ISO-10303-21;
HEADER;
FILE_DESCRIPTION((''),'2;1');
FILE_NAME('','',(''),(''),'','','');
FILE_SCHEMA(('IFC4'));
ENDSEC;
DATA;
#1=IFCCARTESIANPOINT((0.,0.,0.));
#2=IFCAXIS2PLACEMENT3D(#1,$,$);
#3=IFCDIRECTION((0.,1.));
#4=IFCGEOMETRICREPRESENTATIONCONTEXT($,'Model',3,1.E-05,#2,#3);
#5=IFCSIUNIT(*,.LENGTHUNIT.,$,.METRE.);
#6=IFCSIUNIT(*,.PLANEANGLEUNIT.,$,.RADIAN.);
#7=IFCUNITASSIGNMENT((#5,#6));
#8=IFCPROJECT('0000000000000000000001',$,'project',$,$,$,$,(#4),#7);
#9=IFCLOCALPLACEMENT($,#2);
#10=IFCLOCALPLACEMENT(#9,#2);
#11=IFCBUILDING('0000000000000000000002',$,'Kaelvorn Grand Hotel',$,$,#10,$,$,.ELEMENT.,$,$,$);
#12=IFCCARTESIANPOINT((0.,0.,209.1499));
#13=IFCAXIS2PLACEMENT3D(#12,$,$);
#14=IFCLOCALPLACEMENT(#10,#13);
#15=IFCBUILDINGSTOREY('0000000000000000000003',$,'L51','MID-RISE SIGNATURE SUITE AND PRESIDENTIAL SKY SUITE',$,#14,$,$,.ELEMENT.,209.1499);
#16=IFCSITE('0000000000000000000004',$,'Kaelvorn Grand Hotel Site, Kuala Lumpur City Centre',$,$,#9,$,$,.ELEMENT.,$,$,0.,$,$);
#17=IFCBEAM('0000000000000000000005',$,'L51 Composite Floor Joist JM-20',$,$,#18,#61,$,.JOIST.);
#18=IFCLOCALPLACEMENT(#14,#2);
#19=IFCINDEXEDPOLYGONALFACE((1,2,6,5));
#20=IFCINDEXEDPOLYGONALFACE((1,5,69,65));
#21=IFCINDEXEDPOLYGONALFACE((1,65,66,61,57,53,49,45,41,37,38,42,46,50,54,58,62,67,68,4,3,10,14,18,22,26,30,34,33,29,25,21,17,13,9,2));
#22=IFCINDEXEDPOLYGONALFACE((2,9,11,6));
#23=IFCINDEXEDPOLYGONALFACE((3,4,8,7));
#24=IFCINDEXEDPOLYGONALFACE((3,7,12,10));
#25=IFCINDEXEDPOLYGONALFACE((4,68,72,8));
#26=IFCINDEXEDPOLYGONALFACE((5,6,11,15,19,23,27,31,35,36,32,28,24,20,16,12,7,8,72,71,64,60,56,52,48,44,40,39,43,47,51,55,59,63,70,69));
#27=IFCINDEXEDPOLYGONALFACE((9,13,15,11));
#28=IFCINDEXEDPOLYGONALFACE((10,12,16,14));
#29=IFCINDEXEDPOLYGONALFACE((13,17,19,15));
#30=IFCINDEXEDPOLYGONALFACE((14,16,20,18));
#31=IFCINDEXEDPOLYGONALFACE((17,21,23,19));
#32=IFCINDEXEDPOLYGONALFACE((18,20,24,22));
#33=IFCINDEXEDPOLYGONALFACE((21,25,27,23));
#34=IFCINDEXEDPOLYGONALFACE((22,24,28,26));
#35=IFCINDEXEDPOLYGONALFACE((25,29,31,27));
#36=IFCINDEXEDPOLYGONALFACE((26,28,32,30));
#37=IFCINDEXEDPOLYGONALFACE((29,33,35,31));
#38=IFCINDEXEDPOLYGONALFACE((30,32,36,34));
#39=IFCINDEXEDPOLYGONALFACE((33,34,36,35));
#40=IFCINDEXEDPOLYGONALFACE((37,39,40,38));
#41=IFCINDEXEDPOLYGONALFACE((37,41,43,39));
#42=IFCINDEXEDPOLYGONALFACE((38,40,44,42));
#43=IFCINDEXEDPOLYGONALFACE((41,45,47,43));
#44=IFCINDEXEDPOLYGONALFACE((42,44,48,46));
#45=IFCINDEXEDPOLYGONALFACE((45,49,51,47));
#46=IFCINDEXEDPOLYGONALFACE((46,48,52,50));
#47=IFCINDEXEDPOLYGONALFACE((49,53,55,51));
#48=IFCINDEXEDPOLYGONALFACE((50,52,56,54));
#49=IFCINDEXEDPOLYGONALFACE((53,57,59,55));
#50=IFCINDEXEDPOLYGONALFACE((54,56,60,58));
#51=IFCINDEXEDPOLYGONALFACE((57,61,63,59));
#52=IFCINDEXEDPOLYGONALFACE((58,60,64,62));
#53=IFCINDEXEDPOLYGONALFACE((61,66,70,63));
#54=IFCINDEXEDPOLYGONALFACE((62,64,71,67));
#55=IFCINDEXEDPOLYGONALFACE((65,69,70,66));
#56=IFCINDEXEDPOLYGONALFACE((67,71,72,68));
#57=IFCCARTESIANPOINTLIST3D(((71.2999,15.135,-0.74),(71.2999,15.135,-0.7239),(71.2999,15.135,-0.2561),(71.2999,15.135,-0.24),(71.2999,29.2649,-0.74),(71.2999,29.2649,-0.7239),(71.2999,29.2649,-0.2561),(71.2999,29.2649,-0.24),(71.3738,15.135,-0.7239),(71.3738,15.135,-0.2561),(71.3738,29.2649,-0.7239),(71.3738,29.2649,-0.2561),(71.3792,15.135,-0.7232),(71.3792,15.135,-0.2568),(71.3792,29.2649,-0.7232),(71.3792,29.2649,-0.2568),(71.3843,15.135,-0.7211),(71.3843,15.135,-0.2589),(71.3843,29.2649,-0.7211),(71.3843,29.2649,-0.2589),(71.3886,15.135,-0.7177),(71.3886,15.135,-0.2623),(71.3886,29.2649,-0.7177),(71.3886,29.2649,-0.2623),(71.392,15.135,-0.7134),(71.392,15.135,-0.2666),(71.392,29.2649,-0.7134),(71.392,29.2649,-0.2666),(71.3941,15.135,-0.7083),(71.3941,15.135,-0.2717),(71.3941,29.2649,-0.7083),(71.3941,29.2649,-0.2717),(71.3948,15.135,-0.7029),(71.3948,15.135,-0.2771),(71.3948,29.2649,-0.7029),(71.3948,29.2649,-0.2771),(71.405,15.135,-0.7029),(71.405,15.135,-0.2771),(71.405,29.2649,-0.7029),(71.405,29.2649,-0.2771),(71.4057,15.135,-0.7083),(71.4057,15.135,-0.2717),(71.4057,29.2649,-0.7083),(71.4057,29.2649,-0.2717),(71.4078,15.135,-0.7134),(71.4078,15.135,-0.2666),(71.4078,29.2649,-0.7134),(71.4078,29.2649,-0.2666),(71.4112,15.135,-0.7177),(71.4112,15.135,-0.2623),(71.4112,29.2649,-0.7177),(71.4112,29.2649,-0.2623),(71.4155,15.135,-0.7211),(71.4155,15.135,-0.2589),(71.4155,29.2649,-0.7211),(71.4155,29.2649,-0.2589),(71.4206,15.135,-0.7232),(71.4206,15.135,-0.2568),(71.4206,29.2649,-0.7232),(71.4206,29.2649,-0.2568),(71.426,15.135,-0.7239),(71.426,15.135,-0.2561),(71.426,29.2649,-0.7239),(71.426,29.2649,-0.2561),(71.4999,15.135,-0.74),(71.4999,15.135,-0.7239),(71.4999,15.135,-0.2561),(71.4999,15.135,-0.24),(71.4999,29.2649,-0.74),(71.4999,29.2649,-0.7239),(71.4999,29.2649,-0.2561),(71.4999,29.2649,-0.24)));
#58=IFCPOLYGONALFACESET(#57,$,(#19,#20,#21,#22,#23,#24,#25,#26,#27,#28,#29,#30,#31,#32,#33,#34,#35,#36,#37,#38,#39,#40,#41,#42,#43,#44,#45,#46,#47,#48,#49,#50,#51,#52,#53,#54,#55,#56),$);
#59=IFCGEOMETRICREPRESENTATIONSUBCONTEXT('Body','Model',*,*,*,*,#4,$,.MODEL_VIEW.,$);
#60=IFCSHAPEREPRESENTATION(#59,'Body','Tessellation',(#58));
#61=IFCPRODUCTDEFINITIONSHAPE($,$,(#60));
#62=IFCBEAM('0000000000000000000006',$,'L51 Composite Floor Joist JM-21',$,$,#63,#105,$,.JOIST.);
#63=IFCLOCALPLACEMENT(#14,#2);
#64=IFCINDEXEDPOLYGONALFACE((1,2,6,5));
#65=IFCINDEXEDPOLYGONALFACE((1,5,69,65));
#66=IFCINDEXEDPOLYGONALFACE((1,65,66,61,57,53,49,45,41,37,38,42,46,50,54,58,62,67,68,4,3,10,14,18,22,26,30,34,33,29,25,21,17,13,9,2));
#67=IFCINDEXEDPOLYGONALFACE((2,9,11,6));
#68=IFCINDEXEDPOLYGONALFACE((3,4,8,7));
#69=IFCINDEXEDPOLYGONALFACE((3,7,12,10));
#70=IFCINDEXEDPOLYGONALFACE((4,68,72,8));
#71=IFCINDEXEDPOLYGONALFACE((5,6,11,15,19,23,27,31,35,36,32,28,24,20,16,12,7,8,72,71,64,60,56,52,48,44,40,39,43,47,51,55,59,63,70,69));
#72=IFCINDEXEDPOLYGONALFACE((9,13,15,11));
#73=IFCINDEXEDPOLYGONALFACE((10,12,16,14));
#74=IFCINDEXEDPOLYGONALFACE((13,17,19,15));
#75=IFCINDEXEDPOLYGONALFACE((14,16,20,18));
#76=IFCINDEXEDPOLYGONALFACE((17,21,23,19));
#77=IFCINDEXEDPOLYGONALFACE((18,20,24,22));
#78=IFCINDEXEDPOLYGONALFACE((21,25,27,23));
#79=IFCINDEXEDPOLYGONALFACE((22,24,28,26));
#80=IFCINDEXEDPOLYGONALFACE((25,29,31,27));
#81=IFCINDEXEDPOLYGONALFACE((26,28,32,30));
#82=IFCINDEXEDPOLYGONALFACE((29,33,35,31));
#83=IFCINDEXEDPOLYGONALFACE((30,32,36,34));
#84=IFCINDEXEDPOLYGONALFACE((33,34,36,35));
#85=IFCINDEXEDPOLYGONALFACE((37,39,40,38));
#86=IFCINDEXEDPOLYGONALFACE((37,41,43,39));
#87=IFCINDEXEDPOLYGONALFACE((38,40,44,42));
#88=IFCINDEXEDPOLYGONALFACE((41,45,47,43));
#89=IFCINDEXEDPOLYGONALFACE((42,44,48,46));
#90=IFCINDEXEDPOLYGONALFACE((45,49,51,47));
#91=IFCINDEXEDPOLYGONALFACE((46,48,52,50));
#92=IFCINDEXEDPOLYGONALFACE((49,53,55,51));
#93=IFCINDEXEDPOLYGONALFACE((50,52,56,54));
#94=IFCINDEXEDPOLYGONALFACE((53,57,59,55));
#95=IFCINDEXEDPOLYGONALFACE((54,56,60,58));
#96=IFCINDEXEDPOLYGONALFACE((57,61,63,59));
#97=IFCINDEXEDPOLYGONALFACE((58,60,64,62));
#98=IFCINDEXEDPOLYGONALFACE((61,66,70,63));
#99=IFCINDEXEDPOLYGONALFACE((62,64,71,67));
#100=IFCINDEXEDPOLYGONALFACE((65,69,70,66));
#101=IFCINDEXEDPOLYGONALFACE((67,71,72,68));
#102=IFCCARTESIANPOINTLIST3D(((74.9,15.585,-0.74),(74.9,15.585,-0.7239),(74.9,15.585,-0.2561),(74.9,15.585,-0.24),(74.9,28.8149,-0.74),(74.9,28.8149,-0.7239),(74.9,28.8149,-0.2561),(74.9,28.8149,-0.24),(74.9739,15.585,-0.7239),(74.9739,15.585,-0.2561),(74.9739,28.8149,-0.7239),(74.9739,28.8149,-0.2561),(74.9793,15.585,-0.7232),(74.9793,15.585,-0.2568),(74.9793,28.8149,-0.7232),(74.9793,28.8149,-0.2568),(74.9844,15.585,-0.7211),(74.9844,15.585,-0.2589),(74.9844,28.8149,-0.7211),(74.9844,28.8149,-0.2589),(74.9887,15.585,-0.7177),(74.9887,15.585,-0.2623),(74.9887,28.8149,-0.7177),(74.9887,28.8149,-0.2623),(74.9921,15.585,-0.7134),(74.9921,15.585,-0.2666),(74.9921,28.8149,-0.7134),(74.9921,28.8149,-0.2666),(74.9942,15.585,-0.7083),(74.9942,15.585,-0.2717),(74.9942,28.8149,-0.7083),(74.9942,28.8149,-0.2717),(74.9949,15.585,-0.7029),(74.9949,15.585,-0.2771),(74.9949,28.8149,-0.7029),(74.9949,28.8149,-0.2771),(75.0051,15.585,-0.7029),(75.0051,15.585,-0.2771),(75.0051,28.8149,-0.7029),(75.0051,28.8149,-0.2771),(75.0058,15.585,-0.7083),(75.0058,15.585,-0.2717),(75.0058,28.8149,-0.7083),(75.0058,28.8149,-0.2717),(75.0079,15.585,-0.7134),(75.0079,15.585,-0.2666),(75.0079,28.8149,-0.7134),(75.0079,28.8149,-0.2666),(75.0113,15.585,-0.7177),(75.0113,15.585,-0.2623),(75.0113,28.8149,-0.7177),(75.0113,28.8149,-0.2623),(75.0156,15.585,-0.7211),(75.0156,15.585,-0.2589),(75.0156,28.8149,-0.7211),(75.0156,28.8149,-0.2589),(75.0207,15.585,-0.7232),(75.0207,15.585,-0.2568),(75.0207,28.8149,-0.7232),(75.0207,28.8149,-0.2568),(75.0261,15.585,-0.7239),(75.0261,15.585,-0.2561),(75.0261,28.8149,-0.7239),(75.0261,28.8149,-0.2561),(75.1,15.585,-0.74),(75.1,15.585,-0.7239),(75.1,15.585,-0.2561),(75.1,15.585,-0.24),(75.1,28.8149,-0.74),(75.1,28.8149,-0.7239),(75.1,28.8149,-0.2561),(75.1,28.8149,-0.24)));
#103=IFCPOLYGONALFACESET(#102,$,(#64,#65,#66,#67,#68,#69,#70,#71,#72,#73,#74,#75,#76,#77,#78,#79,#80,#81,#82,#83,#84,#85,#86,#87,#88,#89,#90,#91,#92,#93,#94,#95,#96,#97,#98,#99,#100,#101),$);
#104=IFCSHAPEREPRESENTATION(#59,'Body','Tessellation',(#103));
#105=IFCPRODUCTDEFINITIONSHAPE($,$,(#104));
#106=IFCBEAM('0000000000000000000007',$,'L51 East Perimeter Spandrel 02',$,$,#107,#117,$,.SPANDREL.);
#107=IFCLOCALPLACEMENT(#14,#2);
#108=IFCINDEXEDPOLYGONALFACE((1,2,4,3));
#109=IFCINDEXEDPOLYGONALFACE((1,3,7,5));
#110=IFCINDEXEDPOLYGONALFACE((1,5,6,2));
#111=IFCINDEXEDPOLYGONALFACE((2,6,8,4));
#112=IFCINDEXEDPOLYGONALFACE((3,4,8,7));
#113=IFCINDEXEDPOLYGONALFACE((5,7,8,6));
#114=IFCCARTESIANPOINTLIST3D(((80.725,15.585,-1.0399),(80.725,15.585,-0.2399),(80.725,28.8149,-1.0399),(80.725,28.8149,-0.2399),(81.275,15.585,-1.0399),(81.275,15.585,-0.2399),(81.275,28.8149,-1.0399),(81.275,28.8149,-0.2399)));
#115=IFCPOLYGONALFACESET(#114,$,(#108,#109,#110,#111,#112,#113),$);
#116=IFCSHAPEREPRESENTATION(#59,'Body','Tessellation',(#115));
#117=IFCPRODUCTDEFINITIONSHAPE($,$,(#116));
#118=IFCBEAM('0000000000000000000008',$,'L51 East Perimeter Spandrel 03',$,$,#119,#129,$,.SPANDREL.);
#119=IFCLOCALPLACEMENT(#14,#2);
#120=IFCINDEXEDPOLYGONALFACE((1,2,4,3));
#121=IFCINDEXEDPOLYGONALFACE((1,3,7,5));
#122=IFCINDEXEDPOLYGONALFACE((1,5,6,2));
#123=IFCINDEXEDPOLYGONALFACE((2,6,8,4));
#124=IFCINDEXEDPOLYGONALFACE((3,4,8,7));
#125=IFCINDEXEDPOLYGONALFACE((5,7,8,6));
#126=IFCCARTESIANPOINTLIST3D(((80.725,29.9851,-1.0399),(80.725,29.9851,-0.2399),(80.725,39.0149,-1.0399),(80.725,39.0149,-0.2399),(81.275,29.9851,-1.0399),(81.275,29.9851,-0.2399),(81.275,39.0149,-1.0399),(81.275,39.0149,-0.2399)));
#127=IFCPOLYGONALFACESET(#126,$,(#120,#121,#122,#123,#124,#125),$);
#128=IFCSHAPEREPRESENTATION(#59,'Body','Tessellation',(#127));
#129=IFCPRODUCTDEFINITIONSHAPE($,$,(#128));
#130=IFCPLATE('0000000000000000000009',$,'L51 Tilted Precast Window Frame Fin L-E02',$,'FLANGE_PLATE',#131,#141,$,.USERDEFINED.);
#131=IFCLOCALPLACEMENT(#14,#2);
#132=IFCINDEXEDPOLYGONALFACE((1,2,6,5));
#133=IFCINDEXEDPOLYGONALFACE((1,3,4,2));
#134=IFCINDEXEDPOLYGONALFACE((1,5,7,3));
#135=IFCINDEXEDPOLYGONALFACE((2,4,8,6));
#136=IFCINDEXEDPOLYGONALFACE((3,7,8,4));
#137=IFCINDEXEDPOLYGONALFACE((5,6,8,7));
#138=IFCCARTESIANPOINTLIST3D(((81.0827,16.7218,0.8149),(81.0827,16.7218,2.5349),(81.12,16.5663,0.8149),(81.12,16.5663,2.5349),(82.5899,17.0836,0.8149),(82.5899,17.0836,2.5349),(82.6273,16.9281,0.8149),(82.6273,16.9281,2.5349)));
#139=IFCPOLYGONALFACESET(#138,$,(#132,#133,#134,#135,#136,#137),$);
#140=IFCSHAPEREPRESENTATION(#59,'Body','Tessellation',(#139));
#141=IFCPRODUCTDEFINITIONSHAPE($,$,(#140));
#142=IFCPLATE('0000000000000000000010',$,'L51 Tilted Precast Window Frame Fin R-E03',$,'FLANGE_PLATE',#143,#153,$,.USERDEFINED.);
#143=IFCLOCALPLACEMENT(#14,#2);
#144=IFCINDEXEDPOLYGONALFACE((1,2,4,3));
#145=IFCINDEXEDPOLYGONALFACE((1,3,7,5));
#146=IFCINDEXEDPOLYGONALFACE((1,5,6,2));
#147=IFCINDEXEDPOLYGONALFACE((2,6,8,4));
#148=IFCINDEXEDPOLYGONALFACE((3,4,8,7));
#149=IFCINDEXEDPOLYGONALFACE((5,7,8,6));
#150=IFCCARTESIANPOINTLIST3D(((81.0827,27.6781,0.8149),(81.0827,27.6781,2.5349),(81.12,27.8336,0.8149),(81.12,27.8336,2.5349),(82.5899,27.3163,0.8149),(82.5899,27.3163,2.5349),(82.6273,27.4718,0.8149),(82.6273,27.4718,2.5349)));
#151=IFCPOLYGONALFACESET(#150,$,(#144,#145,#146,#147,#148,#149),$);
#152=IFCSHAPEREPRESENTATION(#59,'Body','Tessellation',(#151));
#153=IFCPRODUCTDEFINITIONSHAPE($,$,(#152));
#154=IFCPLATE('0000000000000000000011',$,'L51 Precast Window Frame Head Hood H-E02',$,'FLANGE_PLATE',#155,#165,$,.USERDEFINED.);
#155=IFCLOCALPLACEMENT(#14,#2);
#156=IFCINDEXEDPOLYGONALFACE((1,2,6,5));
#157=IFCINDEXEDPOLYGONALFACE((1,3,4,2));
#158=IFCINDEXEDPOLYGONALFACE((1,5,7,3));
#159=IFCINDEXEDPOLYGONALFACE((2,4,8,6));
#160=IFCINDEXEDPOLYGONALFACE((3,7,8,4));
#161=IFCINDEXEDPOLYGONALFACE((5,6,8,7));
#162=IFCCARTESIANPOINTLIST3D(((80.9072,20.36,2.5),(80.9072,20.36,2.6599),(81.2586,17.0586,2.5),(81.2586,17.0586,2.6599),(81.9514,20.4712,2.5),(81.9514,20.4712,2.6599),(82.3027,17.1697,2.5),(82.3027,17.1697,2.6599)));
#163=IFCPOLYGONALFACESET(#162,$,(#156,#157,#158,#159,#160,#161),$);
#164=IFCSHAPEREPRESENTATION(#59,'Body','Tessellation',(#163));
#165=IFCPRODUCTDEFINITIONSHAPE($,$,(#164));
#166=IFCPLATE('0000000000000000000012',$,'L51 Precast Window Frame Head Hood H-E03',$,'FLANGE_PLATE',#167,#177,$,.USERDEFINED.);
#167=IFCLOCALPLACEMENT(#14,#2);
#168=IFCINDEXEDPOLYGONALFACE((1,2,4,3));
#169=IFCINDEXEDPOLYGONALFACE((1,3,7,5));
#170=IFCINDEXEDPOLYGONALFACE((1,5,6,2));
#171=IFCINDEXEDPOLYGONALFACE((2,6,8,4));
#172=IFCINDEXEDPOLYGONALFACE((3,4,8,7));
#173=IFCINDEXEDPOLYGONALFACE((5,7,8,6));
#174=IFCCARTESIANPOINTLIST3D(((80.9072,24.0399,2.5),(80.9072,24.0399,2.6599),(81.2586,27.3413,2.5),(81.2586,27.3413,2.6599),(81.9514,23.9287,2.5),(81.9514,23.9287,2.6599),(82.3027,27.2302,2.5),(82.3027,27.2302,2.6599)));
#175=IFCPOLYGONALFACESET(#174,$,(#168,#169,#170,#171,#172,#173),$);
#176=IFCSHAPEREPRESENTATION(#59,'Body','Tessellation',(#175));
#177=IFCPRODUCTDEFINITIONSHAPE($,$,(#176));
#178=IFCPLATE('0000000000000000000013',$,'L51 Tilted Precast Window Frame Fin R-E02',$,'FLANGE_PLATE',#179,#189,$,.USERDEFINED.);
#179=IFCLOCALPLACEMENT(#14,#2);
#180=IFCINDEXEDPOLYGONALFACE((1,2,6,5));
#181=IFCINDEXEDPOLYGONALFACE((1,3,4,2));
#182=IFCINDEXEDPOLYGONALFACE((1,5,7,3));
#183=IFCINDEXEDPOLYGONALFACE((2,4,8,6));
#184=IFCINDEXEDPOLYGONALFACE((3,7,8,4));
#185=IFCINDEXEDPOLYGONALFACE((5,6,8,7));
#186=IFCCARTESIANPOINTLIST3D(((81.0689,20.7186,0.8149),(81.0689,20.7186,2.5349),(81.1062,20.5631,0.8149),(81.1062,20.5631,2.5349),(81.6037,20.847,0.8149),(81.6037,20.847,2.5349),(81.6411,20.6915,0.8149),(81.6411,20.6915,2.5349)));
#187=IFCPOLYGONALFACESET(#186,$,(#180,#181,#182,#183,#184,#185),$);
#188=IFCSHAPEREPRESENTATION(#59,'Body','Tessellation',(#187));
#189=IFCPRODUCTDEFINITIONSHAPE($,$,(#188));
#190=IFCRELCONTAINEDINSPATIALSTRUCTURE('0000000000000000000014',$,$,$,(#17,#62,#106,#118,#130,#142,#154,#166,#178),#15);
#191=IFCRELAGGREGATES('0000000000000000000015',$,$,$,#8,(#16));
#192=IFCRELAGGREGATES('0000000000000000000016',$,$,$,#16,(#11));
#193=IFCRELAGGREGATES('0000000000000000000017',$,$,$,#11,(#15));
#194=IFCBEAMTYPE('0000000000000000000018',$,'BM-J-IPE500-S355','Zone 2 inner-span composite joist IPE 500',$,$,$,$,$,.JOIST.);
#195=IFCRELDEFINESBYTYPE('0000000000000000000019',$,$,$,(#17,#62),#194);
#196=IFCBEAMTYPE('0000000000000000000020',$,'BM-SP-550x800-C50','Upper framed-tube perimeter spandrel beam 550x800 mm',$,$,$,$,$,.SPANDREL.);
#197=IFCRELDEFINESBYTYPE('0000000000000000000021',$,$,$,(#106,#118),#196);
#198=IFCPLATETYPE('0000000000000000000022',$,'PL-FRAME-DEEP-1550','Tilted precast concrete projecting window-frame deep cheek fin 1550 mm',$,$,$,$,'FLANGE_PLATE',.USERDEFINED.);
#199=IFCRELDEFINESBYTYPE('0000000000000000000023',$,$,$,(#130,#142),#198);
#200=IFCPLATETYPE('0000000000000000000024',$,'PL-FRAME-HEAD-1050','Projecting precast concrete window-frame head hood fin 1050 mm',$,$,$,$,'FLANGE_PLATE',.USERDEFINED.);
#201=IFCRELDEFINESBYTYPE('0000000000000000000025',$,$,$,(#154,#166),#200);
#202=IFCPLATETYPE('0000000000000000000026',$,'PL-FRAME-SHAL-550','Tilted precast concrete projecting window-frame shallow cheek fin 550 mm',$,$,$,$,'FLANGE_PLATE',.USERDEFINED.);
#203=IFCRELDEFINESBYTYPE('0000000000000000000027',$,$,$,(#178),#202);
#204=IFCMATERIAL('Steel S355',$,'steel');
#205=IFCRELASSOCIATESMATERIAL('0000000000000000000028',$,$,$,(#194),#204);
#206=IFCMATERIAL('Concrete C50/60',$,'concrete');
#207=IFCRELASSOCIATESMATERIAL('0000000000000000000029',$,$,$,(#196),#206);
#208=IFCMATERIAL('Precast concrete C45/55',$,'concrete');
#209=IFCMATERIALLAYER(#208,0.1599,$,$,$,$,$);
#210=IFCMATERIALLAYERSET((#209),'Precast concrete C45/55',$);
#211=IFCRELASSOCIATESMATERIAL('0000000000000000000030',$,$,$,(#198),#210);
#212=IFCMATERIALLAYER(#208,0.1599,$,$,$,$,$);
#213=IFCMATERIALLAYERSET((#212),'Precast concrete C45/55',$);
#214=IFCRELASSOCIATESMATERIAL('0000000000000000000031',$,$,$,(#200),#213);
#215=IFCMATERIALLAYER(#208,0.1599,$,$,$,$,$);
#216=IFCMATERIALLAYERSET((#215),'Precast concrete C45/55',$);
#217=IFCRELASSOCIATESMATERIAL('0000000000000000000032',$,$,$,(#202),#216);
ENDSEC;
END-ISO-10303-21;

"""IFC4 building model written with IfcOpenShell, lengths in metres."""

from ifc_helpers import new_model, si_unit, direction, frame, origin, origin_2d, place, context, subcontext, project, spatial, rectangle, i_section, extrude, material, layer, layer_set, material_profile, profile_set, type_object, element, save


model = new_model("IFC4")

# Units and contexts
model_context = context("Model", 3, precision=1e-05, world=origin(), true_north=direction((0.0, 1.0)))
body_context = subcontext(model_context, "Body", "Model", "MODEL_VIEW")
ifc_project = project(units=[si_unit("LENGTHUNIT", "METRE"), si_unit("PLANEANGLEUNIT", "RADIAN")], contexts=[model_context])

# Site, building, storey
site_placement = place(None, origin())
site = spatial("IfcSite", under=ifc_project, at=site_placement, Name="Kaelvorn Grand Hotel Site, Kuala Lumpur City Centre", CompositionType="ELEMENT", RefElevation=0.0)
building_placement = place(site_placement, origin())
building = spatial("IfcBuilding", under=site, at=building_placement, Name="Kaelvorn Grand Hotel", CompositionType="ELEMENT")
storey_placement = place(building_placement, frame((0.0, 0.0, 209.1499)))
storey = spatial("IfcBuildingStorey", under=building, at=storey_placement, Name="L51", Description="MID-RISE SIGNATURE SUITE AND PRESIDENTIAL SKY SUITE", CompositionType="ELEMENT", Elevation=209.1499)

# Beams
ifc_material_1 = material(Name="Steel S355", Category="steel")
ifc_material_profile_1 = material_profile(ifc_material_1, i_section(OverallWidth=0.2, OverallDepth=0.5, WebThickness=0.0103, FlangeThickness=0.0161, FilletRadius=0.021, at=origin_2d()), Name="IPE 500")
ifc_profile_set_1 = profile_set([ifc_material_profile_1], Name="Steel S355")
beam_type_1 = type_object("IfcBeamType", Name="BM-J-IPE500-S355", Description="Zone 2 inner-span composite joist IPE 500", PredefinedType="JOIST", material=ifc_profile_set_1)
beam_1_placement = place(storey_placement, frame((71.3999, 15.135, -0.49), z_axis=(0.0, 1.0, 0.0), x_axis=(-1.0, 0.0, 0.0)))
element("IfcBeam", 1, at=beam_1_placement, inside=storey, type_object=beam_type_1, Name="L51 Composite Floor Joist JM-20", PredefinedType="JOIST", context=body_context, shape_type="SweptSolid", body=[
    extrude(i_section(OverallWidth=0.2, OverallDepth=0.5, WebThickness=0.0103, FlangeThickness=0.0161, FilletRadius=0.021, at=origin_2d()), origin(), (0.0, 0.0, 1.0), 14.1299),
])
beam_2_placement = place(storey_placement, frame((75.0, 15.585, -0.49), z_axis=(0.0, 1.0, 0.0), x_axis=(-1.0, 0.0, 0.0)))
element("IfcBeam", 2, at=beam_2_placement, inside=storey, type_object=beam_type_1, Name="L51 Composite Floor Joist JM-21", PredefinedType="JOIST", context=body_context, shape_type="SweptSolid", body=[
    extrude(i_section(OverallWidth=0.2, OverallDepth=0.5, WebThickness=0.0103, FlangeThickness=0.0161, FilletRadius=0.021, at=origin_2d()), origin(), (0.0, 0.0, 1.0), 13.23),
])
ifc_material_2 = material(Name="Concrete C50/60", Category="concrete")
ifc_material_profile_2 = material_profile(ifc_material_2, rectangle(XDim=0.55, YDim=0.8, at=origin_2d()), Name="RC SPANDREL 550x800")
ifc_profile_set_2 = profile_set([ifc_material_profile_2], Name="Concrete C50/60")
beam_type_2 = type_object("IfcBeamType", Name="BM-SP-550x800-C50", Description="Upper framed-tube perimeter spandrel beam 550x800 mm", PredefinedType="SPANDREL", material=ifc_profile_set_2)
beam_3_placement = place(storey_placement, frame((81.0, 15.585, -0.6399), z_axis=(0.0, 1.0, 0.0), x_axis=(-1.0, 0.0, 0.0)))
element("IfcBeam", 3, at=beam_3_placement, inside=storey, type_object=beam_type_2, Name="L51 East Perimeter Spandrel 02", PredefinedType="SPANDREL", context=body_context, shape_type="SweptSolid", body=[
    extrude(rectangle(XDim=0.55, YDim=0.8, at=origin_2d()), origin(), (0.0, 0.0, 1.0), 13.23),
])
beam_4_placement = place(storey_placement, frame((81.0, 29.9851, -0.6399), z_axis=(0.0, 1.0, 0.0), x_axis=(-1.0, 0.0, 0.0)))
element("IfcBeam", 4, at=beam_4_placement, inside=storey, type_object=beam_type_2, Name="L51 East Perimeter Spandrel 03", PredefinedType="SPANDREL", context=body_context, shape_type="SweptSolid", body=[
    extrude(rectangle(XDim=0.55, YDim=0.8, at=origin_2d()), origin(), (0.0, 0.0, 1.0), 9.0298),
])

# Plates
ifc_material_3 = material(Name="Precast concrete C45/55", Category="concrete")
ifc_layer_1 = layer(ifc_material_3, 0.1599)
ifc_layer_set_1 = layer_set([ifc_layer_1], Name="Precast concrete C45/55")
plate_type_1 = type_object("IfcPlateType", Name="PL-FRAME-DEEP-1550", Description="Tilted precast concrete projecting window-frame deep cheek fin 1550 mm", ElementType="FLANGE_PLATE", PredefinedType="USERDEFINED", material=ifc_layer_set_1)
for number, where, z_axis, x_axis, name in (
    (5, (81.855, 16.825, 0.8149), (0.0, 0.0, 1.0), (-0.233445, 0.97237, 0.0), "L51 Tilted Precast Window Frame Fin L-E02"),
    (6, (81.855, 27.575, 0.8149), (0.0, 0.0, 1.0), (0.233445, 0.97237, 0.0), "L51 Tilted Precast Window Frame Fin R-E03"),
):
    element("IfcPlate", number, at=place(storey_placement, frame(where, z_axis=z_axis, x_axis=x_axis)), inside=storey, type_object=plate_type_1, Name=name, ObjectType="FLANGE_PLATE", PredefinedType="USERDEFINED", context=body_context, shape_type="SweptSolid", body=[
        extrude(rectangle(XDim=0.1599, YDim=1.55, at=origin_2d()), origin(), (0.0, 0.0, 1.0), 1.72),
    ])
ifc_layer_2 = layer(ifc_material_3, 0.1599)
ifc_layer_set_2 = layer_set([ifc_layer_2], Name="Precast concrete C45/55")
plate_type_2 = type_object("IfcPlateType", Name="PL-FRAME-HEAD-1050", Description="Projecting precast concrete window-frame head hood fin 1050 mm", ElementType="FLANGE_PLATE", PredefinedType="USERDEFINED", material=ifc_layer_set_2)
for number, where, z_axis, x_axis, name in (
    (7, (81.605, 18.7649, 2.5), (0.0, 0.0, 1.0), (-0.10583, 0.994384, 0.0), "L51 Precast Window Frame Head Hood H-E02"),
    (8, (81.605, 25.635, 2.5), (0.0, 0.0, 1.0), (0.10583, 0.994384, 0.0), "L51 Precast Window Frame Head Hood H-E03"),
):
    element("IfcPlate", number, at=place(storey_placement, frame(where, z_axis=z_axis, x_axis=x_axis)), inside=storey, type_object=plate_type_2, Name=name, ObjectType="FLANGE_PLATE", PredefinedType="USERDEFINED", context=body_context, shape_type="SweptSolid", body=[
        extrude(rectangle(XDim=3.3201, YDim=1.05, at=origin_2d()), origin(), (0.0, 0.0, 1.0), 0.1599),
    ])
ifc_layer_3 = layer(ifc_material_3, 0.1599)
ifc_layer_set_3 = layer_set([ifc_layer_3], Name="Precast concrete C45/55")
plate_type_3 = type_object("IfcPlateType", Name="PL-FRAME-SHAL-550", Description="Tilted precast concrete projecting window-frame shallow cheek fin 550 mm", ElementType="FLANGE_PLATE", PredefinedType="USERDEFINED", material=ifc_layer_set_3)
for number, where, z_axis, x_axis, name in (
    (9, (81.355, 20.7051, 0.8149), (0.0, 0.0, 1.0), (-0.233445, 0.97237, 0.0), "L51 Tilted Precast Window Frame Fin R-E02"),
):
    element("IfcPlate", number, at=place(storey_placement, frame(where, z_axis=z_axis, x_axis=x_axis)), inside=storey, type_object=plate_type_3, Name=name, ObjectType="FLANGE_PLATE", PredefinedType="USERDEFINED", context=body_context, shape_type="SweptSolid", body=[
        extrude(rectangle(XDim=0.1599, YDim=0.55, at=origin_2d()), origin(), (0.0, 0.0, 1.0), 1.72),
    ])

save(model, "model.ifc")
